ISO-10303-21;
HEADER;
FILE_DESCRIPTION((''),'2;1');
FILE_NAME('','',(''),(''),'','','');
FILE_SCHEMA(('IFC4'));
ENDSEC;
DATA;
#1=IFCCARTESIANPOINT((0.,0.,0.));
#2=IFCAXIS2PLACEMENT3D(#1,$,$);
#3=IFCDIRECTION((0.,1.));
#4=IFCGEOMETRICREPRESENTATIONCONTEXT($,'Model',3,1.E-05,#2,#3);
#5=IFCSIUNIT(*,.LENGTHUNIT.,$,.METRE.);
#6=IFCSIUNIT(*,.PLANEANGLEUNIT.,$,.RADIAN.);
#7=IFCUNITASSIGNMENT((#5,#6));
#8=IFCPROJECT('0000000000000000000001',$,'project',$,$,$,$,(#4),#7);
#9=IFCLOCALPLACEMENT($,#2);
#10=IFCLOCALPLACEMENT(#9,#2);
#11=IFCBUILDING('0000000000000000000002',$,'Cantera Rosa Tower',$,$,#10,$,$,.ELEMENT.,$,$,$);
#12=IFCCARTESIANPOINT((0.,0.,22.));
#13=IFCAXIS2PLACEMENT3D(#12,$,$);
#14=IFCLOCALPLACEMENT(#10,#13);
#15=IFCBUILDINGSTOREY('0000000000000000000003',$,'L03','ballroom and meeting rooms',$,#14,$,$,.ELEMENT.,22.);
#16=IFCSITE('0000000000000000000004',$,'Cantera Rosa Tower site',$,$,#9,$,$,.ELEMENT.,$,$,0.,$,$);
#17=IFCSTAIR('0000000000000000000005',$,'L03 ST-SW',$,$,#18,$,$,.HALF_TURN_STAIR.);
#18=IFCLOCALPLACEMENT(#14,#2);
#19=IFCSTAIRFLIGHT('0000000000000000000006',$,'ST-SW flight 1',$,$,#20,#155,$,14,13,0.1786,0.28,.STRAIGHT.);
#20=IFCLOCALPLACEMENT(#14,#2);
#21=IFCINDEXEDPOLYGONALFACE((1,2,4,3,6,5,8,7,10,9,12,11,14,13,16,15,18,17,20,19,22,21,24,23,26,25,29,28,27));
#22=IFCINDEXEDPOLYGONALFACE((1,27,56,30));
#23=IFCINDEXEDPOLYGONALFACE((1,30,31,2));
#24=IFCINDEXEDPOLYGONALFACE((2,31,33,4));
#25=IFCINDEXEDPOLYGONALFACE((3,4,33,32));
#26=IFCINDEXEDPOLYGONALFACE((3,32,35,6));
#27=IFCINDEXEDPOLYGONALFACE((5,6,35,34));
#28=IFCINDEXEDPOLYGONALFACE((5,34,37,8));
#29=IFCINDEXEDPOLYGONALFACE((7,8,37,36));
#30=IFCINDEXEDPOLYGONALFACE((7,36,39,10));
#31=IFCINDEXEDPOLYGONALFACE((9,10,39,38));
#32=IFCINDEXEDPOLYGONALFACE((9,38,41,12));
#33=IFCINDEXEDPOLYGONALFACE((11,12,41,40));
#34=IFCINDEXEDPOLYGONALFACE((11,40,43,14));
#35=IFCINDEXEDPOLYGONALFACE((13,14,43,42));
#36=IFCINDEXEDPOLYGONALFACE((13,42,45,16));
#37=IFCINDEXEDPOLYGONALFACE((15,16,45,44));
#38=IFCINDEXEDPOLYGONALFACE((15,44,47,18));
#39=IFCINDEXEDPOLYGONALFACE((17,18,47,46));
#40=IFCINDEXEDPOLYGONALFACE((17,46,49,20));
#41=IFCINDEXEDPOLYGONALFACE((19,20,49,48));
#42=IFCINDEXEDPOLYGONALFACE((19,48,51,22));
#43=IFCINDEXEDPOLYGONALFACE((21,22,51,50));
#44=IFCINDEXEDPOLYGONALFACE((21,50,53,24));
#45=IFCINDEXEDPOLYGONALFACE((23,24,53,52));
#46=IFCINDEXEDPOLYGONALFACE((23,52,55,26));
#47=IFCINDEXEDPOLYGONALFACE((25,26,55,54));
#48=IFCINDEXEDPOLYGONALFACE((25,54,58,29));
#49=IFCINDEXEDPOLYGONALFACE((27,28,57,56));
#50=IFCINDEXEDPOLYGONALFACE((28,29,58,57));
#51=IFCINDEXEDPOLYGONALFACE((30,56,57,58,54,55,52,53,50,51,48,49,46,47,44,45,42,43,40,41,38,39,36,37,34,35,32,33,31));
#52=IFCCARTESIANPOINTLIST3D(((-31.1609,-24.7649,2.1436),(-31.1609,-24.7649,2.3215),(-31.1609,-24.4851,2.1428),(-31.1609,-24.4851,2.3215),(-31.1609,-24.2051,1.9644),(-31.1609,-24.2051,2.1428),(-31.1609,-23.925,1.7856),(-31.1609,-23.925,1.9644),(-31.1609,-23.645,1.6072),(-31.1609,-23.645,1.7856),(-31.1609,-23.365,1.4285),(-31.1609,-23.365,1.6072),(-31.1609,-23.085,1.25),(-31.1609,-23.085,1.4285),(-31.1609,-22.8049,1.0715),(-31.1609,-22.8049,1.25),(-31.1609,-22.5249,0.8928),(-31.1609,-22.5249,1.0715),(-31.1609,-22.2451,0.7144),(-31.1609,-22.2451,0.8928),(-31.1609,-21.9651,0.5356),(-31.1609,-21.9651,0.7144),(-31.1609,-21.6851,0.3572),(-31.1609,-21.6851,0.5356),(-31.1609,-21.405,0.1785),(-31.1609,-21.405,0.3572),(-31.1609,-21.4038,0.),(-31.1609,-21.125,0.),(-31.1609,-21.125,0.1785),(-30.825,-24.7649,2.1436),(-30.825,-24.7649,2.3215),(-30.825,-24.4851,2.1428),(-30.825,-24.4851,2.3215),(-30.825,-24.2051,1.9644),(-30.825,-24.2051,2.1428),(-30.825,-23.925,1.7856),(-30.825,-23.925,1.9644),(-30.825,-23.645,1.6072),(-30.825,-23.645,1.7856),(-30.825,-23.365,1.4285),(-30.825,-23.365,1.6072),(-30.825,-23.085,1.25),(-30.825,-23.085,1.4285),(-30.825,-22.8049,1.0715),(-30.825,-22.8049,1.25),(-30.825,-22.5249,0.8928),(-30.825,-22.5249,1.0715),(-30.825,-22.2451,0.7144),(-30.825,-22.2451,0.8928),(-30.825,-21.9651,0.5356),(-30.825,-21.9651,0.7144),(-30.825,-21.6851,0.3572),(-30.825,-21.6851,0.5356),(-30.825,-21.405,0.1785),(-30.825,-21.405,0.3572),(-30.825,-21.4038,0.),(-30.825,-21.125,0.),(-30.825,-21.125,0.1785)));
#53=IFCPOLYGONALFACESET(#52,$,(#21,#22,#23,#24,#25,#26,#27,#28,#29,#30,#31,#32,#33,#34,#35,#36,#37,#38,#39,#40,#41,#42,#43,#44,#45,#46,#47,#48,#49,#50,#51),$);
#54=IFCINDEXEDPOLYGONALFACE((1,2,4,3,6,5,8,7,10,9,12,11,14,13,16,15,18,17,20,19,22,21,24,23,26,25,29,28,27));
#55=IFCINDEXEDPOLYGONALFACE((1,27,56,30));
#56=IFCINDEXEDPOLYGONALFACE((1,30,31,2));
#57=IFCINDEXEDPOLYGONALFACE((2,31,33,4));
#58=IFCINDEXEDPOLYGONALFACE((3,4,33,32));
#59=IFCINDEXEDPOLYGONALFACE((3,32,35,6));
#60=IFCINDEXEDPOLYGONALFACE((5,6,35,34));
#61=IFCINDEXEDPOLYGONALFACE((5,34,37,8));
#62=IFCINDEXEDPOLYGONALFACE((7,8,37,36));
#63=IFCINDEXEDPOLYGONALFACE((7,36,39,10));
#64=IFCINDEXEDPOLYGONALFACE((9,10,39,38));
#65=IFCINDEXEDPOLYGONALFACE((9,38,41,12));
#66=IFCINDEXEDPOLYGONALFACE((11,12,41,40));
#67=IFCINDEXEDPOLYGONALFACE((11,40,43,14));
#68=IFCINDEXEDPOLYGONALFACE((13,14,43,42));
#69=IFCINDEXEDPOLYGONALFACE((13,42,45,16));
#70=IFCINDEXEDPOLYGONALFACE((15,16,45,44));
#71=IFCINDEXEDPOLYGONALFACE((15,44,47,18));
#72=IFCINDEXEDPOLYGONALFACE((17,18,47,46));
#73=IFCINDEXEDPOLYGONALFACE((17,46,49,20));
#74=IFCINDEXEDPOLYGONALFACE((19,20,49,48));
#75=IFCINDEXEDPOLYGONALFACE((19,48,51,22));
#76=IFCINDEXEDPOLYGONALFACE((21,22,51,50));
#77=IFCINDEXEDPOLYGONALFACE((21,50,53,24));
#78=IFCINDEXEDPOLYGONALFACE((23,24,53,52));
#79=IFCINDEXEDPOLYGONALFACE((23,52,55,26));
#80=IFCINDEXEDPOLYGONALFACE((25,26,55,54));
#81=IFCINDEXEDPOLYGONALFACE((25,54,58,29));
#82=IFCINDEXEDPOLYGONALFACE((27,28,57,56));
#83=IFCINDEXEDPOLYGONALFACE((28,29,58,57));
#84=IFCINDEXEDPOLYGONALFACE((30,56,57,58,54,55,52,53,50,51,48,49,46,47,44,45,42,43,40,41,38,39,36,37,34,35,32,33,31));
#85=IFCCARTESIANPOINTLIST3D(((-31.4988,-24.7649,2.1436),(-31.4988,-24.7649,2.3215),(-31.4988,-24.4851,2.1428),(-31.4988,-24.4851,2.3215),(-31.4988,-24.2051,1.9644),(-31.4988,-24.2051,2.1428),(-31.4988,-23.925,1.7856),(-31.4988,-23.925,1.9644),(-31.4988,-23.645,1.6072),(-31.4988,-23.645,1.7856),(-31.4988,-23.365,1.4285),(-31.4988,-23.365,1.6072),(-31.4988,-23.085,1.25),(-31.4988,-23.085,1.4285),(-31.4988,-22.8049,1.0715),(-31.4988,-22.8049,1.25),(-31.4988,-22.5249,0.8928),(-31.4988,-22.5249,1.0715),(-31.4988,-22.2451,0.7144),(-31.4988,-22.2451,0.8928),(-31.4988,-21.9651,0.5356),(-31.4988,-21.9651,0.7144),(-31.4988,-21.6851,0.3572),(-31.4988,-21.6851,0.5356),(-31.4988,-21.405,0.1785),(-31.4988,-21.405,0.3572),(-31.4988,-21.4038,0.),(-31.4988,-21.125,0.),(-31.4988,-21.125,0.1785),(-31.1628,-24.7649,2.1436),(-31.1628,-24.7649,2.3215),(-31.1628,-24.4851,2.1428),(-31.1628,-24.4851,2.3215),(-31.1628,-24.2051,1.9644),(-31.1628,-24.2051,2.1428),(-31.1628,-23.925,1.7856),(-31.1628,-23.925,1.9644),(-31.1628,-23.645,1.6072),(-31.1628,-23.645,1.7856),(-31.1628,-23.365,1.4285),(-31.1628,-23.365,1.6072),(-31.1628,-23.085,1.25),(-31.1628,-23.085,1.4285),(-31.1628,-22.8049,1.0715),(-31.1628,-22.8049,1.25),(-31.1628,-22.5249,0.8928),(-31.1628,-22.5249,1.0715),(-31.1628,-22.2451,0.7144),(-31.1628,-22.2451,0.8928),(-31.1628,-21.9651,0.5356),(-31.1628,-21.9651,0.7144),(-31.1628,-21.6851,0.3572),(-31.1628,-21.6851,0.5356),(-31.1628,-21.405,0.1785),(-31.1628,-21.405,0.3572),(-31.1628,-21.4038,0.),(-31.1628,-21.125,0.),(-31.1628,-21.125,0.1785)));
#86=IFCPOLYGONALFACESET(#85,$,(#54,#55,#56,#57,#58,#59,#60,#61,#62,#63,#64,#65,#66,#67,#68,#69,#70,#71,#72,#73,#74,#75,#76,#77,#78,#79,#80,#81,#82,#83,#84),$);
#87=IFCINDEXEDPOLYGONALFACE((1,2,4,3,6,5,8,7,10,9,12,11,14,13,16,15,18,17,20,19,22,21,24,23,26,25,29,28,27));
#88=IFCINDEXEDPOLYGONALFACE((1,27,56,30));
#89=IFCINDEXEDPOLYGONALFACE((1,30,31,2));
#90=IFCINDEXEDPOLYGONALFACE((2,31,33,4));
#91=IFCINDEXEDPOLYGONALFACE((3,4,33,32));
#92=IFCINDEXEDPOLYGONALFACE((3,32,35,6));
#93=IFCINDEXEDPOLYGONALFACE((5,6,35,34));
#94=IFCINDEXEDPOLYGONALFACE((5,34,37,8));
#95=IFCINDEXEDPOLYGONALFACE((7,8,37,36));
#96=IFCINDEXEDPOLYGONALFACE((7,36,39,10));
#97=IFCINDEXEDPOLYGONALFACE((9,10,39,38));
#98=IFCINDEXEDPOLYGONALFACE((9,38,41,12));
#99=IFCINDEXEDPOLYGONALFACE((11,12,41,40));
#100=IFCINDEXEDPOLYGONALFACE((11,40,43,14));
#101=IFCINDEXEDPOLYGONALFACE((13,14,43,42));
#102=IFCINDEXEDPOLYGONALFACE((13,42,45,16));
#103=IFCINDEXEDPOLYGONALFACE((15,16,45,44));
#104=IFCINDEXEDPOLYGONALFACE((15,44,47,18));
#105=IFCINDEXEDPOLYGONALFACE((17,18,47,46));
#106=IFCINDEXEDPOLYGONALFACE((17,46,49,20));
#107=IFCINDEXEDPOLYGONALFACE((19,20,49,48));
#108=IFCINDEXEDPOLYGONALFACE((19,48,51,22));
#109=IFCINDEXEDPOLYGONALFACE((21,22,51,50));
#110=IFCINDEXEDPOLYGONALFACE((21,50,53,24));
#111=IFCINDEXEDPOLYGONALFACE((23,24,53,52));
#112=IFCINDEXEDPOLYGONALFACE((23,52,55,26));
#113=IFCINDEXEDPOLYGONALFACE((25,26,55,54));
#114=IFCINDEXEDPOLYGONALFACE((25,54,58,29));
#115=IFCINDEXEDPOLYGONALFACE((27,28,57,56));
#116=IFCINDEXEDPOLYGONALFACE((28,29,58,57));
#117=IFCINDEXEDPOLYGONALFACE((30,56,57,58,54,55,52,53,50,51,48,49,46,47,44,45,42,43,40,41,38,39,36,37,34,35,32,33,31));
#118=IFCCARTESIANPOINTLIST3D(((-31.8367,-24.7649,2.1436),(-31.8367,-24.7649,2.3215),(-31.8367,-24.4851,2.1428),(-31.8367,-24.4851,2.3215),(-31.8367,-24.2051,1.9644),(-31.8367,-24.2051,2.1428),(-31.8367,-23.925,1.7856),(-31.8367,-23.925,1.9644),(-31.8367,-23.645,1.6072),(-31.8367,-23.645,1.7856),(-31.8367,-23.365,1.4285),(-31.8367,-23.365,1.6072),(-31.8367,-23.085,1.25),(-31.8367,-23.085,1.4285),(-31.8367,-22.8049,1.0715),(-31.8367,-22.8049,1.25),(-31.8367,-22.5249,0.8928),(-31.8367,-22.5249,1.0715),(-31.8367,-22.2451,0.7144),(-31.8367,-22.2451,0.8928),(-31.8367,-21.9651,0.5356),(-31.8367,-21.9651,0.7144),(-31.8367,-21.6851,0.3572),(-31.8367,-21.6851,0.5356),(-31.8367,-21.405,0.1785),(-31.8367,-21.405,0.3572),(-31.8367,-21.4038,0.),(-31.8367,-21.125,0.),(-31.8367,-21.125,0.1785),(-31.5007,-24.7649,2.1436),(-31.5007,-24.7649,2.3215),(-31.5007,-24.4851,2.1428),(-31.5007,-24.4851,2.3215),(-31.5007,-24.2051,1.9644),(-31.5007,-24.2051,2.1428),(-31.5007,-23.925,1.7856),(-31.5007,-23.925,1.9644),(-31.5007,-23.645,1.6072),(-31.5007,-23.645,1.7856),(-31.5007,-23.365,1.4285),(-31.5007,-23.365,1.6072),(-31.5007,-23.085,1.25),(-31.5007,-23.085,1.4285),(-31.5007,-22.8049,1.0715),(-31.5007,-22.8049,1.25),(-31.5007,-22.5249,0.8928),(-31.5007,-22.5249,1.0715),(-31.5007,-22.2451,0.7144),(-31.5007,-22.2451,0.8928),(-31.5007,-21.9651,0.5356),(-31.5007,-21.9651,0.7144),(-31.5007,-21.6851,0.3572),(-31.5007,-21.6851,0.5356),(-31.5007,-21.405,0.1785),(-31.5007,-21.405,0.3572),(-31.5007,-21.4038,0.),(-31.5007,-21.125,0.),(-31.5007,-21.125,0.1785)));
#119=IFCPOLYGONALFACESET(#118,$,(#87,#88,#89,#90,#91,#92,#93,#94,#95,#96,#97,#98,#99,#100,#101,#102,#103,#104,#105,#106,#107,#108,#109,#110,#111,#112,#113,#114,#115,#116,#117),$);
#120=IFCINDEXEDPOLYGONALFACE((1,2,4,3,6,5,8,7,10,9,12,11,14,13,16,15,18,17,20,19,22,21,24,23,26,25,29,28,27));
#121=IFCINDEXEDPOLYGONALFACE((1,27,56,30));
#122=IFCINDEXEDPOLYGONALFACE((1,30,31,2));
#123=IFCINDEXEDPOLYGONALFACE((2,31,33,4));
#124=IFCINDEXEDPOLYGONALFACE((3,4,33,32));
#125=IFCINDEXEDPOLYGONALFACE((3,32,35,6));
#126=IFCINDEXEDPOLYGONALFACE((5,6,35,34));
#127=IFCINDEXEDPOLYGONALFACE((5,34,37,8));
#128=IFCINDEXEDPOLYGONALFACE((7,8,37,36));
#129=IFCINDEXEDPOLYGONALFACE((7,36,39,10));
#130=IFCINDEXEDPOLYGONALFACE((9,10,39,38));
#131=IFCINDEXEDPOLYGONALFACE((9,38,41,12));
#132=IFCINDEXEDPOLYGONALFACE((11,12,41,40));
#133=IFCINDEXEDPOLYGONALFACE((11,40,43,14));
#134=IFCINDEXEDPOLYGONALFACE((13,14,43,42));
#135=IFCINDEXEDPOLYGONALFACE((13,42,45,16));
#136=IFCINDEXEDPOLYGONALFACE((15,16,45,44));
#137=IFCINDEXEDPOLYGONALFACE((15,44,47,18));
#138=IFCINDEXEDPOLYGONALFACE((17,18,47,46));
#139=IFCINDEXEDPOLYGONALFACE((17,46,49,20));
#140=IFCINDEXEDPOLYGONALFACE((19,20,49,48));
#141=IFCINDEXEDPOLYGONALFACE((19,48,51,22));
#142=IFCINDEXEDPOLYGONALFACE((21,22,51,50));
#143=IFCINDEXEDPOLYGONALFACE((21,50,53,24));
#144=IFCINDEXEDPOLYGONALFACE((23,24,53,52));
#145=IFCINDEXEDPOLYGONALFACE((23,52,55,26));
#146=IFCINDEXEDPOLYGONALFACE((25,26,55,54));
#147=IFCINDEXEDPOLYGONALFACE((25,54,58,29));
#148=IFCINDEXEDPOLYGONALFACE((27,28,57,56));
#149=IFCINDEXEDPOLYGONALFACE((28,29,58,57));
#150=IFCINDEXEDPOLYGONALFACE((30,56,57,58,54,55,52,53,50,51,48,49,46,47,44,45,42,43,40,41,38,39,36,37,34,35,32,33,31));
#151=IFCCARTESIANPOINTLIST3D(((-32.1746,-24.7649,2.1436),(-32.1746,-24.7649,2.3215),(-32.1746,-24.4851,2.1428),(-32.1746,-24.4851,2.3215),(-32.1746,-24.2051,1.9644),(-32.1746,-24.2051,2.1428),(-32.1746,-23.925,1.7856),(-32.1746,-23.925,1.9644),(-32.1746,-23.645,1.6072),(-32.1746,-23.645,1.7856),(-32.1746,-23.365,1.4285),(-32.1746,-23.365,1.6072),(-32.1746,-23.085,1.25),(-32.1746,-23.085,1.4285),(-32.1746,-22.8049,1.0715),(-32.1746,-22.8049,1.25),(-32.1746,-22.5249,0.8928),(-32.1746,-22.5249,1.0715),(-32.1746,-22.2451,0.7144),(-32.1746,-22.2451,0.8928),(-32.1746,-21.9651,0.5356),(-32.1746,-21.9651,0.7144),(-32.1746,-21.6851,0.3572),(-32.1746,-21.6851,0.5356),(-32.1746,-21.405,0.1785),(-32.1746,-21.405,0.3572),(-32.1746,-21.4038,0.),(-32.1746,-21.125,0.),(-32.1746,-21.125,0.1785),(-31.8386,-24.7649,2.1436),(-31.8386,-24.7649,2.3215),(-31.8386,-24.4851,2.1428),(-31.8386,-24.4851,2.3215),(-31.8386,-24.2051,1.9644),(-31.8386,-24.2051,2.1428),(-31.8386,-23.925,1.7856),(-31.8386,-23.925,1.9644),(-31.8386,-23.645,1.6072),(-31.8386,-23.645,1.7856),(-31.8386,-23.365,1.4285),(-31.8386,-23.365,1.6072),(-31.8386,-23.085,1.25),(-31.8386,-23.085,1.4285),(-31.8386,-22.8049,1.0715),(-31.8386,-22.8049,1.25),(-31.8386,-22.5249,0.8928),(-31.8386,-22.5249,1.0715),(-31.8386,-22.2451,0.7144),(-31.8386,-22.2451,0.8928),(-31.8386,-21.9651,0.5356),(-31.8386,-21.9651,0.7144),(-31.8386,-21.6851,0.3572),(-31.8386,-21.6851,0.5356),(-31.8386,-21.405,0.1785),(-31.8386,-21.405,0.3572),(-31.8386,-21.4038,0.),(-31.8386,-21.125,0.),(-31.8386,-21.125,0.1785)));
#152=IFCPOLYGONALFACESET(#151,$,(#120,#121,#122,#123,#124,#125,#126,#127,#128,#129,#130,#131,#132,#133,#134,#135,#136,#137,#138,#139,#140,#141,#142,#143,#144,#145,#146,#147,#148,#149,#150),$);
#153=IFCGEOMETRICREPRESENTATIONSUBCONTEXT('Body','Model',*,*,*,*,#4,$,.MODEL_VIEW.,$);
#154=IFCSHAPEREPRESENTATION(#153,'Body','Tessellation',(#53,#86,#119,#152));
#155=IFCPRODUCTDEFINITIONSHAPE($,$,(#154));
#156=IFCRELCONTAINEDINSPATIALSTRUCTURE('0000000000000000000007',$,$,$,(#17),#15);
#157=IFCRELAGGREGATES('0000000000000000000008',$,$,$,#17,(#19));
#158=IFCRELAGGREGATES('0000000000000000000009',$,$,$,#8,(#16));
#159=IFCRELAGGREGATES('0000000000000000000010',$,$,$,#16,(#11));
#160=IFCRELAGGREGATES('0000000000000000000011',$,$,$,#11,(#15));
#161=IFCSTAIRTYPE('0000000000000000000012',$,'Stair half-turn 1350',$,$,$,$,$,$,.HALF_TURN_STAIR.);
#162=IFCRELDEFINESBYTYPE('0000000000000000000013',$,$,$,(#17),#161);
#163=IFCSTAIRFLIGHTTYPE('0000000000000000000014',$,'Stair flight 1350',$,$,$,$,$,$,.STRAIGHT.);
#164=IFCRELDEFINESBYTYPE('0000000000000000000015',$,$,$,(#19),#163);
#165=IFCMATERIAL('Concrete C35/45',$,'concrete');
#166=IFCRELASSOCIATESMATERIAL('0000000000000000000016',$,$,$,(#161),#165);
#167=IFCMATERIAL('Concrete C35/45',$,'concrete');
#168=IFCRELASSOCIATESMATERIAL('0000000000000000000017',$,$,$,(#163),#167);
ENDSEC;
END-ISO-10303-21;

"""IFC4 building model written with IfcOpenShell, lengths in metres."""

from ifc_helpers import new_model, si_unit, direction, frame, origin, place, context, subcontext, project, spatial, polyline, outline, extrude, material, type_object, element, aggregate, save


model = new_model("IFC4")

# Units and contexts
model_context = context("Model", 3, precision=1e-05, world=origin(), true_north=direction((0.0, 1.0)))
body_context = subcontext(model_context, "Body", "Model", "MODEL_VIEW")
ifc_project = project(units=[si_unit("LENGTHUNIT", "METRE"), si_unit("PLANEANGLEUNIT", "RADIAN")], contexts=[model_context])

# Site, building, storey
site_placement = place(None, origin())
site = spatial("IfcSite", under=ifc_project, at=site_placement, Name="Cantera Rosa Tower site", CompositionType="ELEMENT", RefElevation=0.0)
building_placement = place(site_placement, origin())
building = spatial("IfcBuilding", under=site, at=building_placement, Name="Cantera Rosa Tower", CompositionType="ELEMENT")
storey_placement = place(building_placement, frame((0.0, 0.0, 22.0)))
storey = spatial("IfcBuildingStorey", under=building, at=storey_placement, Name="L03", Description="ballroom and meeting rooms", CompositionType="ELEMENT", Elevation=22.0)

# Stair, stair flight
ifc_material_1 = material(Name="Concrete C35/45", Category="concrete")
stair_type = type_object("IfcStairType", Name="Stair half-turn 1350", PredefinedType="HALF_TURN_STAIR", material=ifc_material_1)
stair_placement = place(storey_placement, origin())
stair = element("IfcStair", 1, at=stair_placement, inside=storey, type_object=stair_type, Name="L03 ST-SW", PredefinedType="HALF_TURN_STAIR")
ifc_material_2 = material(Name="Concrete C35/45", Category="concrete")
stair_flight_type = type_object("IfcStairFlightType", Name="Stair flight 1350", PredefinedType="STRAIGHT", material=ifc_material_2)
stair_flight_1_placement = place(storey_placement, frame((-31.5, -21.125, 0.0), z_axis=(0.0, 0.0, 1.0), x_axis=(0.0, -1.0, 0.0)))
stair_flight_1 = element("IfcStairFlight", 2, at=stair_flight_1_placement, type_object=stair_flight_type, Name="ST-SW flight 1", NumberOfRisers=14, NumberOfTreads=13, PredefinedType="STRAIGHT", RiserHeight=0.1786, TreadLength=0.28, context=body_context, shape_type="SweptSolid", body=[
    extrude(outline(polyline([(0.0, 0.0), (0.0, 0.1785), (0.28, 0.1785), (0.28, 0.3572), (0.5601, 0.3572), (0.5601, 0.5356), (0.8401, 0.5356), (0.8401, 0.7144), (1.1201, 0.7144), (1.1201, 0.8928), (1.3999, 0.8928), (1.3999, 1.0715), (1.6799, 1.0715), (1.6799, 1.25), (1.96, 1.25), (1.96, 1.4285), (2.24, 1.4285), (2.24, 1.6072), (2.52, 1.6072), (2.52, 1.7856), (2.8, 1.7856), (2.8, 1.9644), (3.0801, 1.9644), (3.0801, 2.1428), (3.3601, 2.1428), (3.3601, 2.3215), (3.6399, 2.3215), (3.6399, 2.5), (3.6399, 2.1436), (0.2788, 0.0), (0.0, 0.0)])), frame((0.0, 0.675, 0.0), z_axis=(0.0, -1.0, 0.0), x_axis=(1.0, 0.0, 0.0)), (0.0, 0.0, 1.0), 0.3359),
    extrude(outline(polyline([(0.0, 0.0), (0.0, 0.1785), (0.28, 0.1785), (0.28, 0.3572), (0.5601, 0.3572), (0.5601, 0.5356), (0.8401, 0.5356), (0.8401, 0.7144), (1.1201, 0.7144), (1.1201, 0.8928), (1.3999, 0.8928), (1.3999, 1.0715), (1.6799, 1.0715), (1.6799, 1.25), (1.96, 1.25), (1.96, 1.4285), (2.24, 1.4285), (2.24, 1.6072), (2.52, 1.6072), (2.52, 1.7856), (2.8, 1.7856), (2.8, 1.9644), (3.0801, 1.9644), (3.0801, 2.1428), (3.3601, 2.1428), (3.3601, 2.3215), (3.6399, 2.3215), (3.6399, 2.5), (3.6399, 2.1436), (0.2788, 0.0), (0.0, 0.0)])), frame((0.0, 0.3372, 0.0), z_axis=(0.0, -1.0, 0.0), x_axis=(1.0, 0.0, 0.0)), (0.0, 0.0, 1.0), 0.3359),
    extrude(outline(polyline([(0.0, 0.0), (0.0, 0.1785), (0.28, 0.1785), (0.28, 0.3572), (0.5601, 0.3572), (0.5601, 0.5356), (0.8401, 0.5356), (0.8401, 0.7144), (1.1201, 0.7144), (1.1201, 0.8928), (1.3999, 0.8928), (1.3999, 1.0715), (1.6799, 1.0715), (1.6799, 1.25), (1.96, 1.25), (1.96, 1.4285), (2.24, 1.4285), (2.24, 1.6072), (2.52, 1.6072), (2.52, 1.7856), (2.8, 1.7856), (2.8, 1.9644), (3.0801, 1.9644), (3.0801, 2.1428), (3.3601, 2.1428), (3.3601, 2.3215), (3.6399, 2.3215), (3.6399, 2.5), (3.6399, 2.1436), (0.2788, 0.0), (0.0, 0.0)])), frame((0.0, -0.0007, 0.0), z_axis=(0.0, -1.0, 0.0), x_axis=(1.0, 0.0, 0.0)), (0.0, 0.0, 1.0), 0.3359),
    extrude(outline(polyline([(0.0, 0.0), (0.0, 0.1785), (0.28, 0.1785), (0.28, 0.3572), (0.5601, 0.3572), (0.5601, 0.5356), (0.8401, 0.5356), (0.8401, 0.7144), (1.1201, 0.7144), (1.1201, 0.8928), (1.3999, 0.8928), (1.3999, 1.0715), (1.6799, 1.0715), (1.6799, 1.25), (1.96, 1.25), (1.96, 1.4285), (2.24, 1.4285), (2.24, 1.6072), (2.52, 1.6072), (2.52, 1.7856), (2.8, 1.7856), (2.8, 1.9644), (3.0801, 1.9644), (3.0801, 2.1428), (3.3601, 2.1428), (3.3601, 2.3215), (3.6399, 2.3215), (3.6399, 2.5), (3.6399, 2.1436), (0.2788, 0.0), (0.0, 0.0)])), frame((0.0, -0.3386, 0.0), z_axis=(0.0, -1.0, 0.0), x_axis=(1.0, 0.0, 0.0)), (0.0, 0.0, 1.0), 0.3359),
])
aggregate(stair, [stair_flight_1])

save(model, "model.ifc")
